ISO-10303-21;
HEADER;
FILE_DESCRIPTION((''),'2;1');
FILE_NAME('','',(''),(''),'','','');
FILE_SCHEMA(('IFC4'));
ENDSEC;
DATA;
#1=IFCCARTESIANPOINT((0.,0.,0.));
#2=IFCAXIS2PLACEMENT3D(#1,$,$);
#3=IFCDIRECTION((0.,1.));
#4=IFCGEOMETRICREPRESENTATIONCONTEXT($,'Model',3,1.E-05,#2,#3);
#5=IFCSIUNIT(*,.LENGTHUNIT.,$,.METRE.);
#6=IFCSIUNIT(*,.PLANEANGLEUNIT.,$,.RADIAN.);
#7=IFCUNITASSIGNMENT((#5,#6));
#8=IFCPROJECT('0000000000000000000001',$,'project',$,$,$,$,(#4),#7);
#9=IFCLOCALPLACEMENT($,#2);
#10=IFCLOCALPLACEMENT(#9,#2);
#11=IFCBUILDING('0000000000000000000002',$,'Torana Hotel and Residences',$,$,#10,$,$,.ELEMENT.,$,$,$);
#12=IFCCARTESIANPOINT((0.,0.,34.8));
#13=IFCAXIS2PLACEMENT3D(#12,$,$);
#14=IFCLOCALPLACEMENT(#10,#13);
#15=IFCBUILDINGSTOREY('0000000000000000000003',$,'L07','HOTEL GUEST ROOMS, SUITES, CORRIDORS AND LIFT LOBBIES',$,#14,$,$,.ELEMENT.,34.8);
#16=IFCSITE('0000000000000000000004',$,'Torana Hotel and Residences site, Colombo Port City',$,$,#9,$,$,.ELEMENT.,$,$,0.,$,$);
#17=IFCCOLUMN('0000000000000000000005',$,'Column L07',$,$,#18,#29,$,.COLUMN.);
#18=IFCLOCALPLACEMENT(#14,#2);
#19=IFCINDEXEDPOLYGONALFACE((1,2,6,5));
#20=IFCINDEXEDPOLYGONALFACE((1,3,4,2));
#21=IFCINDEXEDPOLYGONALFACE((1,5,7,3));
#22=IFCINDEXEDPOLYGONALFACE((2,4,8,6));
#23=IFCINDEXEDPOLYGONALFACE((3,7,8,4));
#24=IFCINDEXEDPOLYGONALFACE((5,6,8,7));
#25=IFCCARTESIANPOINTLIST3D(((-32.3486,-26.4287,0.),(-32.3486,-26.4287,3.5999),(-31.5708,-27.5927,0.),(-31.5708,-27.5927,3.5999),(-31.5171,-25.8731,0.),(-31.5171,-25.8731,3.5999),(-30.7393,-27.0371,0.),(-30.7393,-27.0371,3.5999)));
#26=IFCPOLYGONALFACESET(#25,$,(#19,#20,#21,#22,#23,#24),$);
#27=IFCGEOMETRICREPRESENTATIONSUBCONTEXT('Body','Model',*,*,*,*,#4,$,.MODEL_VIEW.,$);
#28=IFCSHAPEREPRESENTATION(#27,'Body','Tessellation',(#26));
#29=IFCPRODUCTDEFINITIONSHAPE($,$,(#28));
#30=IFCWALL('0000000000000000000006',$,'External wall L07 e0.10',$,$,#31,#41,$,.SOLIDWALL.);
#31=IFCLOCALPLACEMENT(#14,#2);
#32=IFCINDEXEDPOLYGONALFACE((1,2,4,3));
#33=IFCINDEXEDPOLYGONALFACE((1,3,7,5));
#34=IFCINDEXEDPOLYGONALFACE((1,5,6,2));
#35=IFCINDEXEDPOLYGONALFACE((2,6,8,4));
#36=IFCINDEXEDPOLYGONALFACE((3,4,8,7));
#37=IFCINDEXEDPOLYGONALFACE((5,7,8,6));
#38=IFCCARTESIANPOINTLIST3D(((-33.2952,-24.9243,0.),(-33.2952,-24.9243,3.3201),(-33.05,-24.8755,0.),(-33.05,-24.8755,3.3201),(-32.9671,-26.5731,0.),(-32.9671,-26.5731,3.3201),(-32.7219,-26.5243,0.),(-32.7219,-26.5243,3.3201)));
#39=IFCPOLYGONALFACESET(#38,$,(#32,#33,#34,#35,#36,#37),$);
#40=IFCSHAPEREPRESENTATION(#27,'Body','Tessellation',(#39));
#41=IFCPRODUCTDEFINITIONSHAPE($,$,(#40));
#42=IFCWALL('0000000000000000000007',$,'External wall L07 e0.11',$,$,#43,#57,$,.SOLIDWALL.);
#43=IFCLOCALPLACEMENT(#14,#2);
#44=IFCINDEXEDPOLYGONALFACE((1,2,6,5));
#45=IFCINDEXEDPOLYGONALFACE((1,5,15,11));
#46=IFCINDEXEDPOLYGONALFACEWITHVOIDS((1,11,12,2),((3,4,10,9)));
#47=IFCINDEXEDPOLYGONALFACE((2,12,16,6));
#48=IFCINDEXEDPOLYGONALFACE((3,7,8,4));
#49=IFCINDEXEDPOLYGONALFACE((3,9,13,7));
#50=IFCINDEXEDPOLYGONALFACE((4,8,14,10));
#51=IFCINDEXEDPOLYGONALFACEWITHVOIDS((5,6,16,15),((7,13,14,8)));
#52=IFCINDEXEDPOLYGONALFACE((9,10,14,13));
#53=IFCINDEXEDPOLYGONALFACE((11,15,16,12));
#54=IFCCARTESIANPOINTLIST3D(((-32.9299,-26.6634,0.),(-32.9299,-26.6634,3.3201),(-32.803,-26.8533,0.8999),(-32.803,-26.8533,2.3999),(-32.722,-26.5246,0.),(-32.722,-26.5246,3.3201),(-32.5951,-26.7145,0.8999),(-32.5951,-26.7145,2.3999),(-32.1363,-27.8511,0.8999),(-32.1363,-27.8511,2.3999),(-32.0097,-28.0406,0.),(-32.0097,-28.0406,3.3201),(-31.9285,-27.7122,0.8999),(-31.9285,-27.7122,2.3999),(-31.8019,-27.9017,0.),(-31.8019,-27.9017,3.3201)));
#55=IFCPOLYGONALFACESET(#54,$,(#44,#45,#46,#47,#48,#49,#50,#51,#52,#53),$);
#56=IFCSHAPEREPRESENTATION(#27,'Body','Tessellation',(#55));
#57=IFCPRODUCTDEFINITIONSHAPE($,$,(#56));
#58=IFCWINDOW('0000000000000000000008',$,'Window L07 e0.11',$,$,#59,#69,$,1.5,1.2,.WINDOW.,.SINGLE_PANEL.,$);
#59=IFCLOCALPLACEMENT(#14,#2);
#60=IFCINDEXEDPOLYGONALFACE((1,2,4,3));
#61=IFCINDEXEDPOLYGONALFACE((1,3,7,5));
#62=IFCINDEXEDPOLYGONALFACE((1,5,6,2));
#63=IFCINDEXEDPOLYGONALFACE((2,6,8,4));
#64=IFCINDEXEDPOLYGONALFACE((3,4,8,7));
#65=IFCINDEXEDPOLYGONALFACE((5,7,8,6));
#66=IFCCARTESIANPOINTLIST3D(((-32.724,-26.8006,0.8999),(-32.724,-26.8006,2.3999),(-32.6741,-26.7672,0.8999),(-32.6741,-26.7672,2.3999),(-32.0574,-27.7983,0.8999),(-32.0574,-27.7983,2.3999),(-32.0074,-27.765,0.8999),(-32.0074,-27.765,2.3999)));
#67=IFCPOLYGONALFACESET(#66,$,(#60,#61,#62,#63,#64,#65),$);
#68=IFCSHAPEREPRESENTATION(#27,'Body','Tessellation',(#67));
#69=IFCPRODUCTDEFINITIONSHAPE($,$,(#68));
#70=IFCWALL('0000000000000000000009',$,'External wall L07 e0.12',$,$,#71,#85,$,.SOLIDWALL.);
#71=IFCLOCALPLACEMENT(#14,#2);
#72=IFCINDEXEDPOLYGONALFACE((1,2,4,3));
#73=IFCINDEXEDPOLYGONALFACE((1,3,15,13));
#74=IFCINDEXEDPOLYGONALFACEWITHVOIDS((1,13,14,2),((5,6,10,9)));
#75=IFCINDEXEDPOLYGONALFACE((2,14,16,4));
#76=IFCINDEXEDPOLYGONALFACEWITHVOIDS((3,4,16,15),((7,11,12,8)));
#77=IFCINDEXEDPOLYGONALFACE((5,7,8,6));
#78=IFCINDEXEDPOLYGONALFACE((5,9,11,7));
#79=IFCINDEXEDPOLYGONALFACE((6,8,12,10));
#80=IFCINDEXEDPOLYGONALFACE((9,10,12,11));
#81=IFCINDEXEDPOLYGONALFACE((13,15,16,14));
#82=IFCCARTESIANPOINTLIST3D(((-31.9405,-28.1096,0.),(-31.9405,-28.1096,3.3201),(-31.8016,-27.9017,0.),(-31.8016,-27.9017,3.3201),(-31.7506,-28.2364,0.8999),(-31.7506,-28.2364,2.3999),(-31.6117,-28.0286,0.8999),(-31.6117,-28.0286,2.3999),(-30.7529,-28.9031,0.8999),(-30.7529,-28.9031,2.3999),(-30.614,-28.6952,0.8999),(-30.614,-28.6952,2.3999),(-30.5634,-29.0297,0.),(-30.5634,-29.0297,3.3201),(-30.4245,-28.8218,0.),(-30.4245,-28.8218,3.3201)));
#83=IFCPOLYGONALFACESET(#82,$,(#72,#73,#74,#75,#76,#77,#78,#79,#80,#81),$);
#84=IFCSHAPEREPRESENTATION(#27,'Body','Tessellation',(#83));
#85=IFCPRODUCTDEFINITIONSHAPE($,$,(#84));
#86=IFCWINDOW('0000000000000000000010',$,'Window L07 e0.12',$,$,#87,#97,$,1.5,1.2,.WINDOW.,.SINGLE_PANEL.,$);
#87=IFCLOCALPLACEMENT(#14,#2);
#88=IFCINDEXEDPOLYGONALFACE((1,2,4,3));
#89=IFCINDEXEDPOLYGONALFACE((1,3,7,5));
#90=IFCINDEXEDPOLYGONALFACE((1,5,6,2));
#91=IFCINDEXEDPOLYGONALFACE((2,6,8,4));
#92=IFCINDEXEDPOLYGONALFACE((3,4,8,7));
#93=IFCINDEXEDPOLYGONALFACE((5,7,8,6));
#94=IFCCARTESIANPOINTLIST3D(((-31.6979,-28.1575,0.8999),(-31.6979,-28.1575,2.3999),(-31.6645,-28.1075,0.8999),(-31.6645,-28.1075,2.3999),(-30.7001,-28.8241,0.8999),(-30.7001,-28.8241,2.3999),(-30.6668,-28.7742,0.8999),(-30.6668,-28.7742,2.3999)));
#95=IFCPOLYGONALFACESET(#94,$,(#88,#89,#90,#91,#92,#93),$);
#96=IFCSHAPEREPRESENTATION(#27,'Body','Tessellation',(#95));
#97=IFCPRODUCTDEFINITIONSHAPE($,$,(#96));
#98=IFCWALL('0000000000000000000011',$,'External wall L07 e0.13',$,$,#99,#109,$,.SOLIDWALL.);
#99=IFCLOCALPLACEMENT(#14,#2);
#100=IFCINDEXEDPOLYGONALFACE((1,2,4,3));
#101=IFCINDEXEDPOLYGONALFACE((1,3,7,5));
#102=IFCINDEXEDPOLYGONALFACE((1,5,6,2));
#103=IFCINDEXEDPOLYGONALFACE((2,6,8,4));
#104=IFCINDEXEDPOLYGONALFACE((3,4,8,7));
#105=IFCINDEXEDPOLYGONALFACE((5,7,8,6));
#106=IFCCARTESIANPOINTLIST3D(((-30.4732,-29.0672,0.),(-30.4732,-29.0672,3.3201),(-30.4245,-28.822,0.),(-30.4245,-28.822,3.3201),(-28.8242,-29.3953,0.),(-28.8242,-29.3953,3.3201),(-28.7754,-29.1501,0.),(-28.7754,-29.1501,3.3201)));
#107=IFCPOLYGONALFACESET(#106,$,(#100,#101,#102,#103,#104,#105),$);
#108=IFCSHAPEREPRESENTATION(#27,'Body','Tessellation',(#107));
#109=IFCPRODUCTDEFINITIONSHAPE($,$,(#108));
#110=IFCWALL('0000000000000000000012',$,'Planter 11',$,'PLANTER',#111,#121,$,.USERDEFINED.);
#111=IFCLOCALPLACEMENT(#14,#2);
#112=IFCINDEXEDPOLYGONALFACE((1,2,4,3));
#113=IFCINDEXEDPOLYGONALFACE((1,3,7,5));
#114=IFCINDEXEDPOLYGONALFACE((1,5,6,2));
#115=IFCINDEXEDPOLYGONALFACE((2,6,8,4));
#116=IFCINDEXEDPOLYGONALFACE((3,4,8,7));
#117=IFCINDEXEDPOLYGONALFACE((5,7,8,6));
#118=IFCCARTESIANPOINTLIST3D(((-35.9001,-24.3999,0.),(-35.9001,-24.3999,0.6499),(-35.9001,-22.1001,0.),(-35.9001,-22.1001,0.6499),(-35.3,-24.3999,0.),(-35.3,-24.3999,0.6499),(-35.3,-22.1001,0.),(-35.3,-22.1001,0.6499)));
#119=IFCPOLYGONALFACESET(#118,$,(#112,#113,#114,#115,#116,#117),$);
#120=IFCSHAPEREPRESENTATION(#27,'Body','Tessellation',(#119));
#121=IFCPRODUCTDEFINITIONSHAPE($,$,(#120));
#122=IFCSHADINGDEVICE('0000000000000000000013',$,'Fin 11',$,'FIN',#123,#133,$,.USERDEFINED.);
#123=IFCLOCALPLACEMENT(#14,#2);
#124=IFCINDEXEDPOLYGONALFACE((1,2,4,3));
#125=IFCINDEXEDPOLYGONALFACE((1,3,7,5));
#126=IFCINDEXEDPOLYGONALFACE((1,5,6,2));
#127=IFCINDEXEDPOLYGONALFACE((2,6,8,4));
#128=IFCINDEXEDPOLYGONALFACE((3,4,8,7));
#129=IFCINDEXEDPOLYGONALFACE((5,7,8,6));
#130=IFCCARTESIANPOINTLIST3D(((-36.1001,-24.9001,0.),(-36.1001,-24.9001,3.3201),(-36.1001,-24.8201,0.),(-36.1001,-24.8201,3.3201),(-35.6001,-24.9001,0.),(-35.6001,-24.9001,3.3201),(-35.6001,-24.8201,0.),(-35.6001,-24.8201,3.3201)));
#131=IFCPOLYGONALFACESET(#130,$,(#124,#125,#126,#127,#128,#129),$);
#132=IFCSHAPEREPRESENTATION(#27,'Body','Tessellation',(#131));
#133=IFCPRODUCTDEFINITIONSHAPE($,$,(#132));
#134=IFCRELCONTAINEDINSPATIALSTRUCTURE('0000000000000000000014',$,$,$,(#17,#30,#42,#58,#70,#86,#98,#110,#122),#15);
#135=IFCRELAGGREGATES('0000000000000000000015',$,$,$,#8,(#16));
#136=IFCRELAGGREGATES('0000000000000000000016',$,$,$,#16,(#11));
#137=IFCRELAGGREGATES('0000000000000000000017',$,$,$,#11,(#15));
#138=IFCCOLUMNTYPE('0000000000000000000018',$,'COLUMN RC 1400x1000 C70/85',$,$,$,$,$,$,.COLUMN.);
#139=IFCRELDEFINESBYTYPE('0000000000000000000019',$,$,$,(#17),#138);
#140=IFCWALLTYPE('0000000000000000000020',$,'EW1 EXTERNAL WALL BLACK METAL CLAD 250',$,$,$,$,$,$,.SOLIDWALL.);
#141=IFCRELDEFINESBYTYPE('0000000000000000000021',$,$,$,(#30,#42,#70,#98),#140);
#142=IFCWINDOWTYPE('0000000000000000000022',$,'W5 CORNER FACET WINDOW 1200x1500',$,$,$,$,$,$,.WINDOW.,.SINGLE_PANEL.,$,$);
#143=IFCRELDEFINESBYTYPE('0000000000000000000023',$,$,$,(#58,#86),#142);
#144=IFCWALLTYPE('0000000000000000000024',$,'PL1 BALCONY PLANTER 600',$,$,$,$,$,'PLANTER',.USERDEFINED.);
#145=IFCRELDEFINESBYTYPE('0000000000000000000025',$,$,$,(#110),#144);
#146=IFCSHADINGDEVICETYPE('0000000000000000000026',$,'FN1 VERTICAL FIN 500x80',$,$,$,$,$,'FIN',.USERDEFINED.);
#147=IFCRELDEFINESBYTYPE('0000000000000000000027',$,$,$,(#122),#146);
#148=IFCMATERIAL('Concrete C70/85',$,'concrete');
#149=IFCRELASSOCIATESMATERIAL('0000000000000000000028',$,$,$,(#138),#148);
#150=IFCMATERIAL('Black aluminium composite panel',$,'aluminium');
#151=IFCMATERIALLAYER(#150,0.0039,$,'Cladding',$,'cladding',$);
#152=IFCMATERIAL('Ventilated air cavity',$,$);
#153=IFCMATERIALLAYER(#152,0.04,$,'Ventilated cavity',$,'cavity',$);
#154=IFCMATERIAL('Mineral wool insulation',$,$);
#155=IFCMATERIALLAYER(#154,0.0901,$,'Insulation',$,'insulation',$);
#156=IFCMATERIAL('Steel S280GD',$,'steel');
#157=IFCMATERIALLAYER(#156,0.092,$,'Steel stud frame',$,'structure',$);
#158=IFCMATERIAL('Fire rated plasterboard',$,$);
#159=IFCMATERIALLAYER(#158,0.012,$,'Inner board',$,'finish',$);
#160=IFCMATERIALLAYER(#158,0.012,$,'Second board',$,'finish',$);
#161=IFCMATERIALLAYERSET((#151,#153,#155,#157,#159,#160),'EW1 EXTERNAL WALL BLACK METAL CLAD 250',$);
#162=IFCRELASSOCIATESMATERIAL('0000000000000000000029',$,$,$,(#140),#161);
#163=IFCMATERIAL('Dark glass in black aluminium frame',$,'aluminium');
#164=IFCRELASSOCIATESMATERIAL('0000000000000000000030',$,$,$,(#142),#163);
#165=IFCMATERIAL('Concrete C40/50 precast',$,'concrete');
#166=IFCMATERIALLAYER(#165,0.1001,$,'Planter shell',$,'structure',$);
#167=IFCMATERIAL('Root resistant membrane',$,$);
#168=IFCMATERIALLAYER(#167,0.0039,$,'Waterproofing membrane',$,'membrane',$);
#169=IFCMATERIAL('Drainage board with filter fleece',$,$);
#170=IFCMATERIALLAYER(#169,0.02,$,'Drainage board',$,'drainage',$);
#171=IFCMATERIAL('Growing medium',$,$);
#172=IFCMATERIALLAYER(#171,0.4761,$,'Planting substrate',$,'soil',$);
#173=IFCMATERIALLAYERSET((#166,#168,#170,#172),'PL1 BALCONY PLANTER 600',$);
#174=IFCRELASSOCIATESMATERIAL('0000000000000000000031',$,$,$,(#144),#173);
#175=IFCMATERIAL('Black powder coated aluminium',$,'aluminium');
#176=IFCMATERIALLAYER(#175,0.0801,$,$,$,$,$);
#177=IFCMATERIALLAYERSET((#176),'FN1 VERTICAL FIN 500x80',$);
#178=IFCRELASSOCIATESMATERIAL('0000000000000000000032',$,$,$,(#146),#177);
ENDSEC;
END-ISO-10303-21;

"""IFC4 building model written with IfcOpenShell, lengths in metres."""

from ifc_helpers import new_model, si_unit, direction, frame, frame_2d, origin, origin_2d, place, context, subcontext, project, spatial, rectangle, extrude, material, layer, layer_set, material_profile, profile_set, type_object, element, fill, save


model = new_model("IFC4")

# Units and contexts
model_context = context("Model", 3, precision=1e-05, world=origin(), true_north=direction((0.0, 1.0)))
body_context = subcontext(model_context, "Body", "Model", "MODEL_VIEW")
ifc_project = project(units=[si_unit("LENGTHUNIT", "METRE"), si_unit("PLANEANGLEUNIT", "RADIAN")], contexts=[model_context])

# Site, building, storey
site_placement = place(None, origin())
site = spatial("IfcSite", under=ifc_project, at=site_placement, Name="Torana Hotel and Residences site, Colombo Port City", CompositionType="ELEMENT", RefElevation=0.0)
building_placement = place(site_placement, origin())
building = spatial("IfcBuilding", under=site, at=building_placement, Name="Torana Hotel and Residences", CompositionType="ELEMENT")
storey_placement = place(building_placement, frame((0.0, 0.0, 34.8)))
storey = spatial("IfcBuildingStorey", under=building, at=storey_placement, Name="L07", Description="HOTEL GUEST ROOMS, SUITES, CORRIDORS AND LIFT LOBBIES", CompositionType="ELEMENT", Elevation=34.8)

# Column
ifc_material_1 = material(Name="Concrete C70/85", Category="concrete")
ifc_material_profile = material_profile(ifc_material_1, rectangle(XDim=1.3999, YDim=1.0, at=origin_2d()), Name="RC 1400x1000")
ifc_profile_set = profile_set([ifc_material_profile], Name="Concrete C70/85")
column_type = type_object("IfcColumnType", Name="COLUMN RC 1400x1000 C70/85", PredefinedType="COLUMN", material=ifc_profile_set)
column_placement = place(storey_placement, frame((-31.5439, -26.7329, 0.0), z_axis=(0.0, 0.0, 1.0), x_axis=(-0.555585, 0.83146, 0.0)))
element("IfcColumn", 1, at=column_placement, inside=storey, type_object=column_type, Name="Column L07", PredefinedType="COLUMN", context=body_context, shape_type="SweptSolid", body=[
    extrude(rectangle(XDim=1.3999, YDim=1.0, at=origin_2d()), origin(), (0.0, 0.0, 1.0), 3.5999),
])

# Wall
ifc_material_2 = material(Name="Black aluminium composite panel", Category="aluminium")
ifc_layer_1 = layer(ifc_material_2, 0.0039, Name="Cladding", Category="cladding")
ifc_material_3 = material(Name="Ventilated air cavity")
ifc_layer_2 = layer(ifc_material_3, 0.04, Name="Ventilated cavity", Category="cavity")
ifc_material_4 = material(Name="Mineral wool insulation")
ifc_layer_3 = layer(ifc_material_4, 0.0901, Name="Insulation", Category="insulation")
ifc_material_5 = material(Name="Steel S280GD", Category="steel")
ifc_layer_4 = layer(ifc_material_5, 0.092, Name="Steel stud frame", Category="structure")
ifc_material_6 = material(Name="Fire rated plasterboard")
ifc_layer_5 = layer(ifc_material_6, 0.012, Name="Inner board", Category="finish")
ifc_layer_6 = layer(ifc_material_6, 0.012, Name="Second board", Category="finish")
ifc_layer_set_1 = layer_set([ifc_layer_1, ifc_layer_2, ifc_layer_3, ifc_layer_4, ifc_layer_5, ifc_layer_6], Name="EW1 EXTERNAL WALL BLACK METAL CLAD 250")
wall_type_1 = type_object("IfcWallType", Name="EW1 EXTERNAL WALL BLACK METAL CLAD 250", PredefinedType="SOLIDWALL", material=ifc_layer_set_1)
wall_1_placement = place(storey_placement, frame((-33.1726, -24.8999, 0.0), z_axis=(0.0, 0.0, 1.0), x_axis=(0.195167, -0.98077, 0.0)))
element("IfcWall", 2, at=wall_1_placement, inside=storey, type_object=wall_type_1, Name="External wall L07 e0.10", PredefinedType="SOLIDWALL", context=body_context, shape_type="SweptSolid", body=[
    extrude(rectangle(XDim=1.6812, YDim=0.25, at=frame_2d((0.8406, 0.0))), origin(), (0.0, 0.0, 1.0), 3.3201),
])

# Walls, openings, windows
wall_2_placement = place(storey_placement, frame((-32.8259, -26.594, 0.0), z_axis=(0.0, 0.0, 1.0), x_axis=(0.55555, -0.831483, 0.0)))
wall_2 = element("IfcWall", 3, at=wall_2_placement, inside=storey, type_object=wall_type_1, Name="External wall L07 e0.11", PredefinedType="SOLIDWALL", context=body_context, shape_type="SweptSolid", body=[
    extrude(rectangle(XDim=1.6562, YDim=0.25, at=frame_2d((0.8281, 0.0))), origin(), (0.0, 0.0, 1.0), 3.3201),
])
opening_1_placement = place(wall_2_placement, frame((0.2283, 0.0, 0.8999)))
opening_1 = element("IfcOpeningElement", 4, at=opening_1_placement, cuts=wall_2, PredefinedType="OPENING", context=body_context, shape_type="SweptSolid", body=[
    extrude(rectangle(XDim=1.2, YDim=1.5, at=frame_2d((0.6001, 0.75))), frame((0.0, 0.135, 0.0), z_axis=(0.0, -1.0, 0.0), x_axis=(1.0, 0.0, 0.0)), (0.0, 0.0, 1.0), 0.27),
])
ifc_material_7 = material(Name="Dark glass in black aluminium frame", Category="aluminium")
window_type = type_object("IfcWindowType", Name="W5 CORNER FACET WINDOW 1200x1500", PartitioningType="SINGLE_PANEL", PredefinedType="WINDOW", material=ifc_material_7)
window_1_placement = place(opening_1_placement, origin())
window_1 = element("IfcWindow", 5, at=window_1_placement, inside=storey, type_object=window_type, Name="Window L07 e0.11", OverallHeight=1.5, OverallWidth=1.2, PartitioningType="SINGLE_PANEL", PredefinedType="WINDOW", context=body_context, shape_type="SweptSolid", body=[
    extrude(rectangle(XDim=1.2, YDim=1.5, at=frame_2d((0.6001, 0.75))), frame((0.0, 0.03, 0.0), z_axis=(0.0, -1.0, 0.0), x_axis=(1.0, 0.0, 0.0)), (0.0, 0.0, 1.0), 0.0601),
])
fill(opening_1, window_1)
wall_3_placement = place(storey_placement, frame((-31.8711, -28.0056, 0.0), z_axis=(0.0, 0.0, 1.0), x_axis=(0.831483, -0.55555, 0.0)))
wall_3 = element("IfcWall", 6, at=wall_3_placement, inside=storey, type_object=wall_type_1, Name="External wall L07 e0.12", PredefinedType="SOLIDWALL", context=body_context, shape_type="SweptSolid", body=[
    extrude(rectangle(XDim=1.6562, YDim=0.25, at=frame_2d((0.8281, 0.0))), origin(), (0.0, 0.0, 1.0), 3.3201),
])
opening_2_placement = place(wall_3_placement, frame((0.2283, 0.0, 0.8999)))
opening_2 = element("IfcOpeningElement", 7, at=opening_2_placement, cuts=wall_3, PredefinedType="OPENING", context=body_context, shape_type="SweptSolid", body=[
    extrude(rectangle(XDim=1.2, YDim=1.5, at=frame_2d((0.6001, 0.75))), frame((0.0, 0.135, 0.0), z_axis=(0.0, -1.0, 0.0), x_axis=(1.0, 0.0, 0.0)), (0.0, 0.0, 1.0), 0.27),
])
window_2_placement = place(opening_2_placement, origin())
window_2 = element("IfcWindow", 8, at=window_2_placement, inside=storey, type_object=window_type, Name="Window L07 e0.12", OverallHeight=1.5, OverallWidth=1.2, PartitioningType="SINGLE_PANEL", PredefinedType="WINDOW", context=body_context, shape_type="SweptSolid", body=[
    extrude(rectangle(XDim=1.2, YDim=1.5, at=frame_2d((0.6001, 0.75))), frame((0.0, 0.03, 0.0), z_axis=(0.0, -1.0, 0.0), x_axis=(1.0, 0.0, 0.0)), (0.0, 0.0, 1.0), 0.0601),
])
fill(opening_2, window_2)

# Walls
wall_4_placement = place(storey_placement, frame((-30.449, -28.9446, 0.0), z_axis=(0.0, 0.0, 1.0), x_axis=(0.980776, -0.195139, 0.0)))
element("IfcWall", 9, at=wall_4_placement, inside=storey, type_object=wall_type_1, Name="External wall L07 e0.13", PredefinedType="SOLIDWALL", context=body_context, shape_type="SweptSolid", body=[
    extrude(rectangle(XDim=1.6814, YDim=0.25, at=frame_2d((0.8408, 0.0))), origin(), (0.0, 0.0, 1.0), 3.3201),
])
ifc_material_8 = material(Name="Concrete C40/50 precast", Category="concrete")
ifc_layer_7 = layer(ifc_material_8, 0.1001, Name="Planter shell", Category="structure")
ifc_material_9 = material(Name="Root resistant membrane")
ifc_layer_8 = layer(ifc_material_9, 0.0039, Name="Waterproofing membrane", Category="membrane")
ifc_material_10 = material(Name="Drainage board with filter fleece")
ifc_layer_9 = layer(ifc_material_10, 0.02, Name="Drainage board", Category="drainage")
ifc_material_11 = material(Name="Growing medium")
ifc_layer_10 = layer(ifc_material_11, 0.4761, Name="Planting substrate", Category="soil")
ifc_layer_set_2 = layer_set([ifc_layer_7, ifc_layer_8, ifc_layer_9, ifc_layer_10], Name="PL1 BALCONY PLANTER 600")
wall_type_2 = type_object("IfcWallType", Name="PL1 BALCONY PLANTER 600", ElementType="PLANTER", PredefinedType="USERDEFINED", material=ifc_layer_set_2)
wall_5_placement = place(storey_placement, frame((-35.6001, -24.3999, 0.0), z_axis=(0.0, 0.0, 1.0), x_axis=(0.0, 1.0, 0.0)))
element("IfcWall", 10, at=wall_5_placement, inside=storey, type_object=wall_type_2, Name="Planter 11", ObjectType="PLANTER", PredefinedType="USERDEFINED", context=body_context, shape_type="SweptSolid", body=[
    extrude(rectangle(XDim=2.2998, YDim=0.6001, at=frame_2d((1.1499, 0.0))), origin(), (0.0, 0.0, 1.0), 0.6499),
])

# Shading device
ifc_material_12 = material(Name="Black powder coated aluminium", Category="aluminium")
ifc_layer_11 = layer(ifc_material_12, 0.0801)
ifc_layer_set_3 = layer_set([ifc_layer_11], Name="FN1 VERTICAL FIN 500x80")
shading_device_type = type_object("IfcShadingDeviceType", Name="FN1 VERTICAL FIN 500x80", ElementType="FIN", PredefinedType="USERDEFINED", material=ifc_layer_set_3)
shading_device_placement = place(storey_placement, frame((-35.8501, -24.8601, 0.0), z_axis=(0.0, 0.0, 1.0), x_axis=(0.0, 1.0, 0.0)))
element("IfcShadingDevice", 11, at=shading_device_placement, inside=storey, type_object=shading_device_type, Name="Fin 11", ObjectType="FIN", PredefinedType="USERDEFINED", context=body_context, shape_type="SweptSolid", body=[
    extrude(rectangle(XDim=0.0801, YDim=0.5, at=origin_2d()), origin(), (0.0, 0.0, 1.0), 3.3201),
])

save(model, "model.ifc")
